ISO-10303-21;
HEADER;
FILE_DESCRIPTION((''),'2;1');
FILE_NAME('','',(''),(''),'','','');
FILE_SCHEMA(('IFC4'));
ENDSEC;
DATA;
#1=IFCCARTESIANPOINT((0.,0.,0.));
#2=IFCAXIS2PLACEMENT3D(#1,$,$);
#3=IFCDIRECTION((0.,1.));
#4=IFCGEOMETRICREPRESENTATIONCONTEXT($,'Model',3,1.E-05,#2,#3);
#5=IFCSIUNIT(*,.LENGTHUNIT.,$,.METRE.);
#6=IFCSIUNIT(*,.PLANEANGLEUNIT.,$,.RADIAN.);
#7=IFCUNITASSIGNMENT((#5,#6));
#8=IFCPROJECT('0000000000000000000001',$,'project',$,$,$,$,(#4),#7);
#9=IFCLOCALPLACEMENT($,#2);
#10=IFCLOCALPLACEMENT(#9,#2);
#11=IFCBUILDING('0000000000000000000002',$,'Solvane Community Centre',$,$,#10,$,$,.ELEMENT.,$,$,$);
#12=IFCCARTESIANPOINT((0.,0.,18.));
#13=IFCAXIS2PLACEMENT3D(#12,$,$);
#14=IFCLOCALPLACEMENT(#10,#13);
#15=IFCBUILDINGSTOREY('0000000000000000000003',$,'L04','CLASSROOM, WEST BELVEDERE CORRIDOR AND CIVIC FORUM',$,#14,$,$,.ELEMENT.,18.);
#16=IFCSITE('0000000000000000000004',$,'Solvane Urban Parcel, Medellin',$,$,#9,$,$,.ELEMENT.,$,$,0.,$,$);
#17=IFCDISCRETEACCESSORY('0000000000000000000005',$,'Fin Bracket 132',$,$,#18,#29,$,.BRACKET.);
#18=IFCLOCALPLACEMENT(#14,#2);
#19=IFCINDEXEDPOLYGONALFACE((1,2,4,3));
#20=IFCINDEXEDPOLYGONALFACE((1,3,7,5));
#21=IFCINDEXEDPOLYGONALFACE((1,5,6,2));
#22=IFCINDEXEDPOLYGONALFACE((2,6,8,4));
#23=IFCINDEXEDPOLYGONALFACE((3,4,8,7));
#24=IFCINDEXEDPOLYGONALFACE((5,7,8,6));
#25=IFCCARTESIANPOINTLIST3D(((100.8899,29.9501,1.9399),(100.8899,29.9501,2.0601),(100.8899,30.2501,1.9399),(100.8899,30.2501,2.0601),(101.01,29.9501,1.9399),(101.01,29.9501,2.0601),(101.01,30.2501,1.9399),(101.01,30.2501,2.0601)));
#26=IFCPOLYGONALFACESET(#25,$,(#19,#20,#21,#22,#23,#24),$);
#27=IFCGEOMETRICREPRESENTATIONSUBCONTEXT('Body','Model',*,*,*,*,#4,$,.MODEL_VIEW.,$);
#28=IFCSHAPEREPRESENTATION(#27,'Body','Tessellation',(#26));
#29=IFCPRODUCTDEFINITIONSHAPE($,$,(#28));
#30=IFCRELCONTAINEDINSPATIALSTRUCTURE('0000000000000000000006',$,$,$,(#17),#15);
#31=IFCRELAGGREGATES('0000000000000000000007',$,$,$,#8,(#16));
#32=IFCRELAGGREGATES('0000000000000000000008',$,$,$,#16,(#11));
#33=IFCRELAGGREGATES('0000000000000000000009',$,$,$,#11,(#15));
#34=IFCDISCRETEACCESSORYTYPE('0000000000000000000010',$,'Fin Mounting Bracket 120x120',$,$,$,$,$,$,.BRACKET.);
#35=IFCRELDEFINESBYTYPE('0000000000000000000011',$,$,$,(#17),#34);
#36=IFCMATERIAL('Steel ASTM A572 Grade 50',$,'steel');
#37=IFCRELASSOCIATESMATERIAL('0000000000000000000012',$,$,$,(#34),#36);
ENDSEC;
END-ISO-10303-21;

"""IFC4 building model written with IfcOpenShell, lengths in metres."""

from ifc_helpers import new_model, si_unit, direction, frame, origin, origin_2d, place, context, subcontext, project, spatial, rectangle, extrude, material, type_object, element, save


model = new_model("IFC4")

# Units and contexts
model_context = context("Model", 3, precision=1e-05, world=origin(), true_north=direction((0.0, 1.0)))
body_context = subcontext(model_context, "Body", "Model", "MODEL_VIEW")
ifc_project = project(units=[si_unit("LENGTHUNIT", "METRE"), si_unit("PLANEANGLEUNIT", "RADIAN")], contexts=[model_context])

# Site, building, storey
site_placement = place(None, origin())
site = spatial("IfcSite", under=ifc_project, at=site_placement, Name="Solvane Urban Parcel, Medellin", CompositionType="ELEMENT", RefElevation=0.0)
building_placement = place(site_placement, origin())
building = spatial("IfcBuilding", under=site, at=building_placement, Name="Solvane Community Centre", CompositionType="ELEMENT")
storey_placement = place(building_placement, frame((0.0, 0.0, 18.0)))
storey = spatial("IfcBuildingStorey", under=building, at=storey_placement, Name="L04", Description="CLASSROOM, WEST BELVEDERE CORRIDOR AND CIVIC FORUM", CompositionType="ELEMENT", Elevation=18.0)

# Discrete accessory
ifc_material_1 = material(Name="Steel ASTM A572 Grade 50", Category="steel")
discrete_accessory_type = type_object("IfcDiscreteAccessoryType", Name="Fin Mounting Bracket 120x120", PredefinedType="BRACKET", material=ifc_material_1)
discrete_accessory_placement = place(storey_placement, frame((100.95, 30.1001, 1.9399), z_axis=(0.0, 0.0, 1.0), x_axis=(1.0, 0.0, 0.0)))
element("IfcDiscreteAccessory", 1, at=discrete_accessory_placement, inside=storey, type_object=discrete_accessory_type, Name="Fin Bracket 132", PredefinedType="BRACKET", context=body_context, shape_type="SweptSolid", body=[
    extrude(rectangle(XDim=0.1201, YDim=0.3, at=origin_2d()), origin(), (0.0, 0.0, 1.0), 0.1201),
])

save(model, "model.ifc")
